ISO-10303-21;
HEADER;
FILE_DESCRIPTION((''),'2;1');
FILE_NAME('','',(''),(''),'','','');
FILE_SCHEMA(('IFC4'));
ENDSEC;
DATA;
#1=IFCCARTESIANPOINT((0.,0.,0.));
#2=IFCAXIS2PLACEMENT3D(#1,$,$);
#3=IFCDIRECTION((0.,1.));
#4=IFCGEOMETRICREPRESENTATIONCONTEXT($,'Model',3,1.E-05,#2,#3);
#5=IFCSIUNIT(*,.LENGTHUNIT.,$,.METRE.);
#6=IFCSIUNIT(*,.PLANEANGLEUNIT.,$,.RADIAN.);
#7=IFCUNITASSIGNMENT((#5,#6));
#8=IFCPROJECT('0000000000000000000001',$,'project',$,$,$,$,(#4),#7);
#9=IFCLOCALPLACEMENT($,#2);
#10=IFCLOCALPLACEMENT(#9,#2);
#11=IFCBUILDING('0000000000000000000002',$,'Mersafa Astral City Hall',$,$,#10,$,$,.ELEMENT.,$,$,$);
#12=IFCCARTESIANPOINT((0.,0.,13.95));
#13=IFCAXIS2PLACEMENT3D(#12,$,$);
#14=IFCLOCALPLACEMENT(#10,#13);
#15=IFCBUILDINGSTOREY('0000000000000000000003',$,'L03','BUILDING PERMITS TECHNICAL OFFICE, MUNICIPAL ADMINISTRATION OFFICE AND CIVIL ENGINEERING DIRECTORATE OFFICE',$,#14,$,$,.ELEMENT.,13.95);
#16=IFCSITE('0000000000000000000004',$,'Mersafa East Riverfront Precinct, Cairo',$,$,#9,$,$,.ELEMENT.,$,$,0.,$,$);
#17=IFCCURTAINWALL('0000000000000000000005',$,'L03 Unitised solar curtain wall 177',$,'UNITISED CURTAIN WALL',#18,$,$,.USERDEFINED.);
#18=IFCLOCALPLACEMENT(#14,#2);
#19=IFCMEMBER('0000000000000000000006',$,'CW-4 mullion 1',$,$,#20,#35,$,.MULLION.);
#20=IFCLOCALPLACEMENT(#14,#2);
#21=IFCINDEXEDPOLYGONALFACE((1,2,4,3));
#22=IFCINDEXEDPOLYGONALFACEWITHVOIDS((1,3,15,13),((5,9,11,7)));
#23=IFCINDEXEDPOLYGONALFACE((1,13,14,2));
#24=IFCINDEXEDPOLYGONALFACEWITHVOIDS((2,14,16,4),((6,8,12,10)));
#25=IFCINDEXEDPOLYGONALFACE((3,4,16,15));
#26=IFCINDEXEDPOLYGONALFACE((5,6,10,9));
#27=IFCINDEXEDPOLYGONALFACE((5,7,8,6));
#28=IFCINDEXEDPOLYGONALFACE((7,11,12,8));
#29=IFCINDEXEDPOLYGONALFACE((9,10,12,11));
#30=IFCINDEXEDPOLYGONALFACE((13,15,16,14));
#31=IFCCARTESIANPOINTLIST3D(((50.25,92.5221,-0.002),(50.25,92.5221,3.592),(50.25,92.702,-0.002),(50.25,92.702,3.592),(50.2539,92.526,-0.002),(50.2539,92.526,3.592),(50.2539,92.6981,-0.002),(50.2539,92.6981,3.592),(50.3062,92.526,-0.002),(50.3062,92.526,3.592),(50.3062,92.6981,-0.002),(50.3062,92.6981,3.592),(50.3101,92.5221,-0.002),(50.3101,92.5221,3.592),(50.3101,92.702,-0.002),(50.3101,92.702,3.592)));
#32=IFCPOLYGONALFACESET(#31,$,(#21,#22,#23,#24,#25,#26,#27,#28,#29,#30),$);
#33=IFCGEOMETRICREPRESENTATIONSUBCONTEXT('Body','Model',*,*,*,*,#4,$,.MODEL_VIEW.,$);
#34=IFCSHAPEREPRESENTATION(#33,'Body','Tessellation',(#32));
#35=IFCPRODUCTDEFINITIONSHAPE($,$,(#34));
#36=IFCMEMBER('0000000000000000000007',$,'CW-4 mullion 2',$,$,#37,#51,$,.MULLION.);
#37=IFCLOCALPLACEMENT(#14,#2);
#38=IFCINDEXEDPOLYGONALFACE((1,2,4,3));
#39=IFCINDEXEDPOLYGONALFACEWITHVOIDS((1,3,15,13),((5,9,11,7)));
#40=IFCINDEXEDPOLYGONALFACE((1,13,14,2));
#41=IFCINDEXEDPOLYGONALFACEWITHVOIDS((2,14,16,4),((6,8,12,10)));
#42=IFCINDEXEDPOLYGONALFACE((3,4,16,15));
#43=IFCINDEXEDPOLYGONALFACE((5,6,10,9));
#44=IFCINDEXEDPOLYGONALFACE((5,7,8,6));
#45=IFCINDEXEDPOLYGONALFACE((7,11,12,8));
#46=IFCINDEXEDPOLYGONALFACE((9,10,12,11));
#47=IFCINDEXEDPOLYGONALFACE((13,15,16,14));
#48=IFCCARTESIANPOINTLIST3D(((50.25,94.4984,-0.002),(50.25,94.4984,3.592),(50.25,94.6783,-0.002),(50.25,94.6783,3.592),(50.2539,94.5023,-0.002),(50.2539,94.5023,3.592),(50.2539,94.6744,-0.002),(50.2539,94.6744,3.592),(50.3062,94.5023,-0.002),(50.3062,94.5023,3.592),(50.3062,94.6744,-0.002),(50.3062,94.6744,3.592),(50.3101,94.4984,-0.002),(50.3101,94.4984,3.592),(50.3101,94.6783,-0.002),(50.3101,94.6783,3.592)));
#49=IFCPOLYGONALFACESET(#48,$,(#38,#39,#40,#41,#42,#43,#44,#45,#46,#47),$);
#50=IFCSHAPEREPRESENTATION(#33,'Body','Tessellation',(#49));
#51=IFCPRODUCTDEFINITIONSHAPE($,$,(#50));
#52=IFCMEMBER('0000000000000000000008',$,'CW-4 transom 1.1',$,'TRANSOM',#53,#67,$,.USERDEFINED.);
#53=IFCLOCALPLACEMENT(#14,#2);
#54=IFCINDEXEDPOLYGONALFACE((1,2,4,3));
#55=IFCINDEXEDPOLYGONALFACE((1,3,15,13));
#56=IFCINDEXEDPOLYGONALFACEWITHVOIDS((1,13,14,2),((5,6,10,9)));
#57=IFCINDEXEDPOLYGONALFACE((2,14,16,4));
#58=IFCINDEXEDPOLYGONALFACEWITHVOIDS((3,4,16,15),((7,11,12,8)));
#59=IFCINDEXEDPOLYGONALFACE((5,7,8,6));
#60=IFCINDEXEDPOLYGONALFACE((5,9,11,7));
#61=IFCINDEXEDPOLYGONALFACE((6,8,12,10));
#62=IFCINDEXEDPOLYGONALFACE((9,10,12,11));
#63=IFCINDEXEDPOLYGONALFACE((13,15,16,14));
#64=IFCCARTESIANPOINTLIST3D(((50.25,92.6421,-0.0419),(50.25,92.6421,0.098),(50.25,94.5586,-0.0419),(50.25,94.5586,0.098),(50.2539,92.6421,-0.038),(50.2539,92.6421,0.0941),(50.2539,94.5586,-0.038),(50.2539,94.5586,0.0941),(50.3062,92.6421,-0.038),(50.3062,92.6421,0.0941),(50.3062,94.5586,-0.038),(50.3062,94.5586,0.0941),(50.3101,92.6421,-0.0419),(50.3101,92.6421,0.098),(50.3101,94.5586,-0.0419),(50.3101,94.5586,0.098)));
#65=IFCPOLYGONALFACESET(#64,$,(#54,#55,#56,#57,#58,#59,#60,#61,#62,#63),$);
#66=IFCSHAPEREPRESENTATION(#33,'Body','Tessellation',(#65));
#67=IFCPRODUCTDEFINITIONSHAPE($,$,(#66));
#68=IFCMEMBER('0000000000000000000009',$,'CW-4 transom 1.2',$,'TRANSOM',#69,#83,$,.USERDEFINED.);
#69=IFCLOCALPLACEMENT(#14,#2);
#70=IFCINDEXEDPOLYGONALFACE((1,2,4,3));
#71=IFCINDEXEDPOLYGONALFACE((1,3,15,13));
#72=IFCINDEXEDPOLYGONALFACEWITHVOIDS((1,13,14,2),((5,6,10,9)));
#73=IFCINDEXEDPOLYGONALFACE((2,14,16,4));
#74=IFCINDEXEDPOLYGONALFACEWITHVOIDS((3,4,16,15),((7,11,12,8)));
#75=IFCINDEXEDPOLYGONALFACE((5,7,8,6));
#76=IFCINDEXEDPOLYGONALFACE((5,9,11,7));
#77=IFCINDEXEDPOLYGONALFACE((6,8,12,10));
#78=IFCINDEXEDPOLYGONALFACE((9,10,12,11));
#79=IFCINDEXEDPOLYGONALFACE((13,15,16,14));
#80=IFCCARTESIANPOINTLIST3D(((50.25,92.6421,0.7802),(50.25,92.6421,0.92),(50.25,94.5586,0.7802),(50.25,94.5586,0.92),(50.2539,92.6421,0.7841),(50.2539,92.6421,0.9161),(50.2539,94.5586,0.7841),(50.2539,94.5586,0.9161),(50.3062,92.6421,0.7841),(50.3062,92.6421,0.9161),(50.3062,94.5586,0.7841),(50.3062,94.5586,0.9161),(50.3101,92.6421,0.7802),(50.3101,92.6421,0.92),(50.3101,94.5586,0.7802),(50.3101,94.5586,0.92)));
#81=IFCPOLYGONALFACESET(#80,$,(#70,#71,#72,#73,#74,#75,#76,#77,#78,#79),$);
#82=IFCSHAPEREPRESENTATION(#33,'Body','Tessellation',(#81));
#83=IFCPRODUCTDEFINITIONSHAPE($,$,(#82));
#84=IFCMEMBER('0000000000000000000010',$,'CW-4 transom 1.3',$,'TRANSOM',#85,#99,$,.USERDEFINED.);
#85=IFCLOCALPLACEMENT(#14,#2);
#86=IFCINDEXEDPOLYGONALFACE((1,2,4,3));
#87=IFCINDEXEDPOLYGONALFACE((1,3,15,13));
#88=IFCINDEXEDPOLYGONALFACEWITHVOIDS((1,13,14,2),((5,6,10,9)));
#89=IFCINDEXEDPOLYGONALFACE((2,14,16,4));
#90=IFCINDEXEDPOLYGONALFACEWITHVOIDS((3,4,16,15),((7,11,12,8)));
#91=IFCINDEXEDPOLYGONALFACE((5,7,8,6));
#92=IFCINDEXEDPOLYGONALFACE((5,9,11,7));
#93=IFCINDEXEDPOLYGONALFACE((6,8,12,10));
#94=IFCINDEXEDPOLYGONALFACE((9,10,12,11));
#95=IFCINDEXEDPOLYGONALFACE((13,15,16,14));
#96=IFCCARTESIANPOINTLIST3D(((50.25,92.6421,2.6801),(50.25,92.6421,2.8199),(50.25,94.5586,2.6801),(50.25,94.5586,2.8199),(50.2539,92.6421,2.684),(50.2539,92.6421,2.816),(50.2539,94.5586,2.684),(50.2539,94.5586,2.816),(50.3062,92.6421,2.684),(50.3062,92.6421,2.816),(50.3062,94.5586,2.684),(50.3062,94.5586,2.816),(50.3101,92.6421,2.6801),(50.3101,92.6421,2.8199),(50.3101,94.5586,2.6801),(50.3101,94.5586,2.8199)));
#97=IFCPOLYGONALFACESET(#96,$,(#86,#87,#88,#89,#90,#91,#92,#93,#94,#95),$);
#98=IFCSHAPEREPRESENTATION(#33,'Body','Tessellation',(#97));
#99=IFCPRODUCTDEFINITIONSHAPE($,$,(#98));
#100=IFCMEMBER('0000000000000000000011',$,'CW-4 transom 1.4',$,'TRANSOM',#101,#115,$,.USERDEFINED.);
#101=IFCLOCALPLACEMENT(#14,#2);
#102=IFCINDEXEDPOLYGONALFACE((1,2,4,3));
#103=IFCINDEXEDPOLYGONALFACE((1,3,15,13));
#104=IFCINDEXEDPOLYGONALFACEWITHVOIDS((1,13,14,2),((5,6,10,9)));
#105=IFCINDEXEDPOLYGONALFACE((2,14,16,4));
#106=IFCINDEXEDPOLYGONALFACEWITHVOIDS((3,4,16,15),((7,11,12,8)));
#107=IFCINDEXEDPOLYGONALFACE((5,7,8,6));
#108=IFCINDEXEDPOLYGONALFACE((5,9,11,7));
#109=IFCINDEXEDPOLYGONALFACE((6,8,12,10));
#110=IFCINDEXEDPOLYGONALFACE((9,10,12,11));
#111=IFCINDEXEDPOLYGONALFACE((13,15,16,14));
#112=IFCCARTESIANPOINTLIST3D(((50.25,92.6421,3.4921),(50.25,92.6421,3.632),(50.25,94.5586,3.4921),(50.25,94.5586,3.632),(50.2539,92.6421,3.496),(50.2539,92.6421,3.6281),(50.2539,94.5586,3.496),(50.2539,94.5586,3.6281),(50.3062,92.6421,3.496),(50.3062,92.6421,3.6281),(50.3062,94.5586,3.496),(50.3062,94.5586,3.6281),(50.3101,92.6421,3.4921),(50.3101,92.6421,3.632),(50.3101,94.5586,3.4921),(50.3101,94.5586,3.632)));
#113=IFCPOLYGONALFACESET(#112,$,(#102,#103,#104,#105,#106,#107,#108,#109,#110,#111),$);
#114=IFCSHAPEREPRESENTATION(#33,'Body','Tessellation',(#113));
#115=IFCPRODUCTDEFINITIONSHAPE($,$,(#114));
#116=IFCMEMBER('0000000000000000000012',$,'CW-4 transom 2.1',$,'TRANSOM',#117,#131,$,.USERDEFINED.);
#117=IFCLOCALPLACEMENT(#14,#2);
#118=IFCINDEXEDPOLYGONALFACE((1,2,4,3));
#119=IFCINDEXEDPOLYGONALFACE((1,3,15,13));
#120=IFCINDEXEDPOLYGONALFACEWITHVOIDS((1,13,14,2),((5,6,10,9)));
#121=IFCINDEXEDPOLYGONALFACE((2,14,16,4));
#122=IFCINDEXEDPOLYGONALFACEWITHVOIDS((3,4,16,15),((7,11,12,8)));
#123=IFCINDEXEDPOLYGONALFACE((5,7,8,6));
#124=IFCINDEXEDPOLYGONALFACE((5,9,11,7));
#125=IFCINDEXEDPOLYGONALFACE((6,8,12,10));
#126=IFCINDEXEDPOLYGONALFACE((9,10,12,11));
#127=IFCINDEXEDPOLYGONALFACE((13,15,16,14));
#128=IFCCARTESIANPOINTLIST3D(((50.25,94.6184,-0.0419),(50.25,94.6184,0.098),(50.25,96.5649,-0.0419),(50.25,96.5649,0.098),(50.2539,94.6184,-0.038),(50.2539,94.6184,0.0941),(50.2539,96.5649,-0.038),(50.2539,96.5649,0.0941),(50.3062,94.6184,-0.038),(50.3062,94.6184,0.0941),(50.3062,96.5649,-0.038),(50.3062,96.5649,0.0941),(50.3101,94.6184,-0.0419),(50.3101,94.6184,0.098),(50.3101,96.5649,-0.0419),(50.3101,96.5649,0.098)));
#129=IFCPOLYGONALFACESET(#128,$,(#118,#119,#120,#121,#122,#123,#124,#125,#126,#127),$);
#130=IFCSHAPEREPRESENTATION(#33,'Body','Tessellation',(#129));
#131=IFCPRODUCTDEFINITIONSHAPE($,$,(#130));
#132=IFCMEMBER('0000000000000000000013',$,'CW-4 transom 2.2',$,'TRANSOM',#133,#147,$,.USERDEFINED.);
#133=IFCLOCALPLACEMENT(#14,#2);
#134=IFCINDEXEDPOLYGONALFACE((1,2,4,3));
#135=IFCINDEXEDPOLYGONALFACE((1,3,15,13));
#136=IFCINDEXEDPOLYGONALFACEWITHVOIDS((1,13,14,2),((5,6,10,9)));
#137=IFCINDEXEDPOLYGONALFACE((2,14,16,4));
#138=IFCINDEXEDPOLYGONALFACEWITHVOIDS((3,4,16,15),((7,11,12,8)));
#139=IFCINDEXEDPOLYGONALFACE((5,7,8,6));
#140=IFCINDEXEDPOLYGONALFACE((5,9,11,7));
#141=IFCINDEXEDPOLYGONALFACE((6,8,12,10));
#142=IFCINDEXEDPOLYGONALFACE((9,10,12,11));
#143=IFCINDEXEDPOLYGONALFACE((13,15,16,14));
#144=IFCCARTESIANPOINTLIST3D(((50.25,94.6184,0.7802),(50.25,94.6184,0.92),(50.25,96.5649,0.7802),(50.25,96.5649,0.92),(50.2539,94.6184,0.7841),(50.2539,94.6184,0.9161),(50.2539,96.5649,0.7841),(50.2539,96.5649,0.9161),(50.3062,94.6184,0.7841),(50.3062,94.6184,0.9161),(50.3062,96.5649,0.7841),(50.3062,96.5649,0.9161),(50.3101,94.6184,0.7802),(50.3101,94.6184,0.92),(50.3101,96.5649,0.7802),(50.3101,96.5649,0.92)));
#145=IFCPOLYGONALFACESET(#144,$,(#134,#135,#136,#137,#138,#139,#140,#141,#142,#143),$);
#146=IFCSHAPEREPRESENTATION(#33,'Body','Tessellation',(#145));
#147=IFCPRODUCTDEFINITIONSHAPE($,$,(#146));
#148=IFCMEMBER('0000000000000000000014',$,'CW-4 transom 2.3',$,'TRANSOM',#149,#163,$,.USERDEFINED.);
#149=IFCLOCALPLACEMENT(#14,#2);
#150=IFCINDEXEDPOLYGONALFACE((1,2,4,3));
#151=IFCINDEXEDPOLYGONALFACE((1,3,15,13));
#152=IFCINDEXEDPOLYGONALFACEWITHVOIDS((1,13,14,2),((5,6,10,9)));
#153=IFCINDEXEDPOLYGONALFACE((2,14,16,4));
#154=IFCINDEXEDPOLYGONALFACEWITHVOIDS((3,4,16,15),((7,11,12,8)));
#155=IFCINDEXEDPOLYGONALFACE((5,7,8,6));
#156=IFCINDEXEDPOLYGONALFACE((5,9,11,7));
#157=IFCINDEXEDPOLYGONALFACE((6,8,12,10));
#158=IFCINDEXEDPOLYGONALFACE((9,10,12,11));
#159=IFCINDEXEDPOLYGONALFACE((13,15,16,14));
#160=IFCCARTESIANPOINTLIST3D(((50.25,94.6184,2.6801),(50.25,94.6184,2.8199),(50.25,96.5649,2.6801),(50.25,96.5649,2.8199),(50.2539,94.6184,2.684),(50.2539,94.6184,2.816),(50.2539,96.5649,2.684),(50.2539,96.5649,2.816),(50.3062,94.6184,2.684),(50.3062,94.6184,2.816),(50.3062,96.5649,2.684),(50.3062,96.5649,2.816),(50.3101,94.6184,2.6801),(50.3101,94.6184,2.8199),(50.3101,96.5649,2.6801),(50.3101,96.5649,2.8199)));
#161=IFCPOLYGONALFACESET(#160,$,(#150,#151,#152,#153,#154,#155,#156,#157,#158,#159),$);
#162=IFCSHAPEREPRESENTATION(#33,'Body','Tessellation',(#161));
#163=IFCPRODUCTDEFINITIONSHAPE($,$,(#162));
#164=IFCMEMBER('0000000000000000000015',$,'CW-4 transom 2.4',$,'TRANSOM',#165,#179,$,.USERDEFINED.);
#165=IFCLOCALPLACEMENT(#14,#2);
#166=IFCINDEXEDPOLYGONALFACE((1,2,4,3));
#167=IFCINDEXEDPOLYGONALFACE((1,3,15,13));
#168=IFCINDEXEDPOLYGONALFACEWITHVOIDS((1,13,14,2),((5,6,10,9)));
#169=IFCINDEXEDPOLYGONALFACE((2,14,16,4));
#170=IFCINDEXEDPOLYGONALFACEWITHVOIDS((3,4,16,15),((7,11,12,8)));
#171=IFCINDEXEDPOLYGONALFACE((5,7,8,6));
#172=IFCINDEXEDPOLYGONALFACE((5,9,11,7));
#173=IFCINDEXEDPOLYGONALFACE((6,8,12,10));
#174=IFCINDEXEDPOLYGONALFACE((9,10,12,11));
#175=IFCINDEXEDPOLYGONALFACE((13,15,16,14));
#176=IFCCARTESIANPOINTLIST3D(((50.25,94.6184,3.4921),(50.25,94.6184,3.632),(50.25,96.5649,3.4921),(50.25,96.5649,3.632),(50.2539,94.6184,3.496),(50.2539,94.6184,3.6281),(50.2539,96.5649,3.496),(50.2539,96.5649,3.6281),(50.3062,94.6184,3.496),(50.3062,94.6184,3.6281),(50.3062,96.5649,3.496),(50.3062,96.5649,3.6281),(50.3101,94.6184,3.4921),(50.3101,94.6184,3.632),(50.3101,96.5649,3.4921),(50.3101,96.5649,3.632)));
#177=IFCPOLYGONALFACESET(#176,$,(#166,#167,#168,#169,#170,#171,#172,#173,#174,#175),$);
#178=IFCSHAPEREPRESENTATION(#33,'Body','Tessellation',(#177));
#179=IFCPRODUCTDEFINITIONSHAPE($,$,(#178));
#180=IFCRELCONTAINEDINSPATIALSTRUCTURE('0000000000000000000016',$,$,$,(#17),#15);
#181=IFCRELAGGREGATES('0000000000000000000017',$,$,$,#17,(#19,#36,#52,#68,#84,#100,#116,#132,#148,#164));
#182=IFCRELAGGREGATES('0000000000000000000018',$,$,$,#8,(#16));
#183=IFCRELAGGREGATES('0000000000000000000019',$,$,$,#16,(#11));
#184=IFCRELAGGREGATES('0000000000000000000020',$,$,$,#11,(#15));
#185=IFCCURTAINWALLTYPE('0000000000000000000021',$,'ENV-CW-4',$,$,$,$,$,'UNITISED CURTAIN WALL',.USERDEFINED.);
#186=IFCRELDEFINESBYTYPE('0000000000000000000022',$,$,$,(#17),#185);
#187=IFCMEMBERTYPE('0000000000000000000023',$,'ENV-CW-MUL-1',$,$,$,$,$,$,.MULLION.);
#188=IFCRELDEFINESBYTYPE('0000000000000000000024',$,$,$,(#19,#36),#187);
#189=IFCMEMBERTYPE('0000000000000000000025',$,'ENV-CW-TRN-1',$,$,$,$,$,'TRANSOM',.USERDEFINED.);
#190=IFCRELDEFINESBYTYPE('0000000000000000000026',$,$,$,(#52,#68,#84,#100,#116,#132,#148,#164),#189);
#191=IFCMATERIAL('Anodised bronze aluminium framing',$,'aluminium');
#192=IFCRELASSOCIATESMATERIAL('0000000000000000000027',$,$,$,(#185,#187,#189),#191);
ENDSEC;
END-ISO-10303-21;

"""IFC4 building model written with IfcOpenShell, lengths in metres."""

from ifc_helpers import new_model, si_unit, direction, frame, origin, origin_2d, place, context, subcontext, project, spatial, hollow_rectangle, extrude, material, material_profile, profile_set, type_object, element, aggregate, save


model = new_model("IFC4")

# Units and contexts
model_context = context("Model", 3, precision=1e-05, world=origin(), true_north=direction((0.0, 1.0)))
body_context = subcontext(model_context, "Body", "Model", "MODEL_VIEW")
ifc_project = project(units=[si_unit("LENGTHUNIT", "METRE"), si_unit("PLANEANGLEUNIT", "RADIAN")], contexts=[model_context])

# Site, building, storey
site_placement = place(None, origin())
site = spatial("IfcSite", under=ifc_project, at=site_placement, Name="Mersafa East Riverfront Precinct, Cairo", CompositionType="ELEMENT", RefElevation=0.0)
building_placement = place(site_placement, origin())
building = spatial("IfcBuilding", under=site, at=building_placement, Name="Mersafa Astral City Hall", CompositionType="ELEMENT")
storey_placement = place(building_placement, frame((0.0, 0.0, 13.95)))
storey = spatial("IfcBuildingStorey", under=building, at=storey_placement, Name="L03", Description="BUILDING PERMITS TECHNICAL OFFICE, MUNICIPAL ADMINISTRATION OFFICE AND CIVIL ENGINEERING DIRECTORATE OFFICE", CompositionType="ELEMENT", Elevation=13.95)

# Curtain wall, members
ifc_material_1 = material(Name="Anodised bronze aluminium framing", Category="aluminium")
curtain_wall_type = type_object("IfcCurtainWallType", Name="ENV-CW-4", ElementType="UNITISED CURTAIN WALL", PredefinedType="USERDEFINED", material=ifc_material_1)
curtain_wall_placement = place(storey_placement, origin())
curtain_wall = element("IfcCurtainWall", 1, at=curtain_wall_placement, inside=storey, type_object=curtain_wall_type, Name="L03 Unitised solar curtain wall 177", ObjectType="UNITISED CURTAIN WALL", PredefinedType="USERDEFINED")
ifc_material_profile_1 = material_profile(ifc_material_1, hollow_rectangle(XDim=0.0601, YDim=0.1799, WallThickness=0.0039, at=origin_2d()), Name="RHS 60x180x4")
ifc_profile_set_1 = profile_set([ifc_material_profile_1], Name="Anodised bronze aluminium framing")
member_type_1 = type_object("IfcMemberType", Name="ENV-CW-MUL-1", PredefinedType="MULLION", material=ifc_profile_set_1)
member_1_placement = place(storey_placement, frame((50.28, 92.6121, -0.002), z_axis=(0.0, 0.0, 1.0), x_axis=(-1.0, 0.0, 0.0)))
member_1 = element("IfcMember", 2, at=member_1_placement, type_object=member_type_1, Name="CW-4 mullion 1", PredefinedType="MULLION", context=body_context, shape_type="SweptSolid", body=[
    extrude(hollow_rectangle(XDim=0.0601, YDim=0.1799, WallThickness=0.0039, at=origin_2d()), origin(), (0.0, 0.0, 1.0), 3.594),
])
member_2_placement = place(storey_placement, frame((50.28, 94.5884, -0.002), z_axis=(0.0, 0.0, 1.0), x_axis=(-1.0, 0.0, 0.0)))
member_2 = element("IfcMember", 3, at=member_2_placement, type_object=member_type_1, Name="CW-4 mullion 2", PredefinedType="MULLION", context=body_context, shape_type="SweptSolid", body=[
    extrude(hollow_rectangle(XDim=0.0601, YDim=0.1799, WallThickness=0.0039, at=origin_2d()), origin(), (0.0, 0.0, 1.0), 3.594),
])
ifc_material_profile_2 = material_profile(ifc_material_1, hollow_rectangle(XDim=0.0601, YDim=0.1399, WallThickness=0.0039, at=origin_2d()), Name="RHS 60x140x4")
ifc_profile_set_2 = profile_set([ifc_material_profile_2], Name="Anodised bronze aluminium framing")
member_type_2 = type_object("IfcMemberType", Name="ENV-CW-TRN-1", ElementType="TRANSOM", PredefinedType="USERDEFINED", material=ifc_profile_set_2)
member_3_placement = place(storey_placement, frame((50.28, 92.6421, 0.0281), z_axis=(0.0, 1.0, 0.0), x_axis=(-1.0, 0.0, 0.0)))
member_3 = element("IfcMember", 4, at=member_3_placement, type_object=member_type_2, Name="CW-4 transom 1.1", ObjectType="TRANSOM", PredefinedType="USERDEFINED", context=body_context, shape_type="SweptSolid", body=[
    extrude(hollow_rectangle(XDim=0.0601, YDim=0.1399, WallThickness=0.0039, at=origin_2d()), origin(), (0.0, 0.0, 1.0), 1.9165),
])
member_4_placement = place(storey_placement, frame((50.28, 92.6421, 0.8501), z_axis=(0.0, 1.0, 0.0), x_axis=(-1.0, 0.0, 0.0)))
member_4 = element("IfcMember", 5, at=member_4_placement, type_object=member_type_2, Name="CW-4 transom 1.2", ObjectType="TRANSOM", PredefinedType="USERDEFINED", context=body_context, shape_type="SweptSolid", body=[
    extrude(hollow_rectangle(XDim=0.0601, YDim=0.1399, WallThickness=0.0039, at=origin_2d()), origin(), (0.0, 0.0, 1.0), 1.9165),
])
member_5_placement = place(storey_placement, frame((50.28, 92.6421, 2.75), z_axis=(0.0, 1.0, 0.0), x_axis=(-1.0, 0.0, 0.0)))
member_5 = element("IfcMember", 6, at=member_5_placement, type_object=member_type_2, Name="CW-4 transom 1.3", ObjectType="TRANSOM", PredefinedType="USERDEFINED", context=body_context, shape_type="SweptSolid", body=[
    extrude(hollow_rectangle(XDim=0.0601, YDim=0.1399, WallThickness=0.0039, at=origin_2d()), origin(), (0.0, 0.0, 1.0), 1.9165),
])
member_6_placement = place(storey_placement, frame((50.28, 92.6421, 3.562), z_axis=(0.0, 1.0, 0.0), x_axis=(-1.0, 0.0, 0.0)))
member_6 = element("IfcMember", 7, at=member_6_placement, type_object=member_type_2, Name="CW-4 transom 1.4", ObjectType="TRANSOM", PredefinedType="USERDEFINED", context=body_context, shape_type="SweptSolid", body=[
    extrude(hollow_rectangle(XDim=0.0601, YDim=0.1399, WallThickness=0.0039, at=origin_2d()), origin(), (0.0, 0.0, 1.0), 1.9165),
])
member_7_placement = place(storey_placement, frame((50.28, 94.6184, 0.0281), z_axis=(0.0, 1.0, 0.0), x_axis=(-1.0, 0.0, 0.0)))
member_7 = element("IfcMember", 8, at=member_7_placement, type_object=member_type_2, Name="CW-4 transom 2.1", ObjectType="TRANSOM", PredefinedType="USERDEFINED", context=body_context, shape_type="SweptSolid", body=[
    extrude(hollow_rectangle(XDim=0.0601, YDim=0.1399, WallThickness=0.0039, at=origin_2d()), origin(), (0.0, 0.0, 1.0), 1.9465),
])
member_8_placement = place(storey_placement, frame((50.28, 94.6184, 0.8501), z_axis=(0.0, 1.0, 0.0), x_axis=(-1.0, 0.0, 0.0)))
member_8 = element("IfcMember", 9, at=member_8_placement, type_object=member_type_2, Name="CW-4 transom 2.2", ObjectType="TRANSOM", PredefinedType="USERDEFINED", context=body_context, shape_type="SweptSolid", body=[
    extrude(hollow_rectangle(XDim=0.0601, YDim=0.1399, WallThickness=0.0039, at=origin_2d()), origin(), (0.0, 0.0, 1.0), 1.9465),
])
member_9_placement = place(storey_placement, frame((50.28, 94.6184, 2.75), z_axis=(0.0, 1.0, 0.0), x_axis=(-1.0, 0.0, 0.0)))
member_9 = element("IfcMember", 10, at=member_9_placement, type_object=member_type_2, Name="CW-4 transom 2.3", ObjectType="TRANSOM", PredefinedType="USERDEFINED", context=body_context, shape_type="SweptSolid", body=[
    extrude(hollow_rectangle(XDim=0.0601, YDim=0.1399, WallThickness=0.0039, at=origin_2d()), origin(), (0.0, 0.0, 1.0), 1.9465),
])
member_10_placement = place(storey_placement, frame((50.28, 94.6184, 3.562), z_axis=(0.0, 1.0, 0.0), x_axis=(-1.0, 0.0, 0.0)))
member_10 = element("IfcMember", 11, at=member_10_placement, type_object=member_type_2, Name="CW-4 transom 2.4", ObjectType="TRANSOM", PredefinedType="USERDEFINED", context=body_context, shape_type="SweptSolid", body=[
    extrude(hollow_rectangle(XDim=0.0601, YDim=0.1399, WallThickness=0.0039, at=origin_2d()), origin(), (0.0, 0.0, 1.0), 1.9465),
])

aggregate(curtain_wall, [member_1, member_2, member_3, member_4, member_5, member_6, member_7, member_8, member_9, member_10])

save(model, "model.ifc")
